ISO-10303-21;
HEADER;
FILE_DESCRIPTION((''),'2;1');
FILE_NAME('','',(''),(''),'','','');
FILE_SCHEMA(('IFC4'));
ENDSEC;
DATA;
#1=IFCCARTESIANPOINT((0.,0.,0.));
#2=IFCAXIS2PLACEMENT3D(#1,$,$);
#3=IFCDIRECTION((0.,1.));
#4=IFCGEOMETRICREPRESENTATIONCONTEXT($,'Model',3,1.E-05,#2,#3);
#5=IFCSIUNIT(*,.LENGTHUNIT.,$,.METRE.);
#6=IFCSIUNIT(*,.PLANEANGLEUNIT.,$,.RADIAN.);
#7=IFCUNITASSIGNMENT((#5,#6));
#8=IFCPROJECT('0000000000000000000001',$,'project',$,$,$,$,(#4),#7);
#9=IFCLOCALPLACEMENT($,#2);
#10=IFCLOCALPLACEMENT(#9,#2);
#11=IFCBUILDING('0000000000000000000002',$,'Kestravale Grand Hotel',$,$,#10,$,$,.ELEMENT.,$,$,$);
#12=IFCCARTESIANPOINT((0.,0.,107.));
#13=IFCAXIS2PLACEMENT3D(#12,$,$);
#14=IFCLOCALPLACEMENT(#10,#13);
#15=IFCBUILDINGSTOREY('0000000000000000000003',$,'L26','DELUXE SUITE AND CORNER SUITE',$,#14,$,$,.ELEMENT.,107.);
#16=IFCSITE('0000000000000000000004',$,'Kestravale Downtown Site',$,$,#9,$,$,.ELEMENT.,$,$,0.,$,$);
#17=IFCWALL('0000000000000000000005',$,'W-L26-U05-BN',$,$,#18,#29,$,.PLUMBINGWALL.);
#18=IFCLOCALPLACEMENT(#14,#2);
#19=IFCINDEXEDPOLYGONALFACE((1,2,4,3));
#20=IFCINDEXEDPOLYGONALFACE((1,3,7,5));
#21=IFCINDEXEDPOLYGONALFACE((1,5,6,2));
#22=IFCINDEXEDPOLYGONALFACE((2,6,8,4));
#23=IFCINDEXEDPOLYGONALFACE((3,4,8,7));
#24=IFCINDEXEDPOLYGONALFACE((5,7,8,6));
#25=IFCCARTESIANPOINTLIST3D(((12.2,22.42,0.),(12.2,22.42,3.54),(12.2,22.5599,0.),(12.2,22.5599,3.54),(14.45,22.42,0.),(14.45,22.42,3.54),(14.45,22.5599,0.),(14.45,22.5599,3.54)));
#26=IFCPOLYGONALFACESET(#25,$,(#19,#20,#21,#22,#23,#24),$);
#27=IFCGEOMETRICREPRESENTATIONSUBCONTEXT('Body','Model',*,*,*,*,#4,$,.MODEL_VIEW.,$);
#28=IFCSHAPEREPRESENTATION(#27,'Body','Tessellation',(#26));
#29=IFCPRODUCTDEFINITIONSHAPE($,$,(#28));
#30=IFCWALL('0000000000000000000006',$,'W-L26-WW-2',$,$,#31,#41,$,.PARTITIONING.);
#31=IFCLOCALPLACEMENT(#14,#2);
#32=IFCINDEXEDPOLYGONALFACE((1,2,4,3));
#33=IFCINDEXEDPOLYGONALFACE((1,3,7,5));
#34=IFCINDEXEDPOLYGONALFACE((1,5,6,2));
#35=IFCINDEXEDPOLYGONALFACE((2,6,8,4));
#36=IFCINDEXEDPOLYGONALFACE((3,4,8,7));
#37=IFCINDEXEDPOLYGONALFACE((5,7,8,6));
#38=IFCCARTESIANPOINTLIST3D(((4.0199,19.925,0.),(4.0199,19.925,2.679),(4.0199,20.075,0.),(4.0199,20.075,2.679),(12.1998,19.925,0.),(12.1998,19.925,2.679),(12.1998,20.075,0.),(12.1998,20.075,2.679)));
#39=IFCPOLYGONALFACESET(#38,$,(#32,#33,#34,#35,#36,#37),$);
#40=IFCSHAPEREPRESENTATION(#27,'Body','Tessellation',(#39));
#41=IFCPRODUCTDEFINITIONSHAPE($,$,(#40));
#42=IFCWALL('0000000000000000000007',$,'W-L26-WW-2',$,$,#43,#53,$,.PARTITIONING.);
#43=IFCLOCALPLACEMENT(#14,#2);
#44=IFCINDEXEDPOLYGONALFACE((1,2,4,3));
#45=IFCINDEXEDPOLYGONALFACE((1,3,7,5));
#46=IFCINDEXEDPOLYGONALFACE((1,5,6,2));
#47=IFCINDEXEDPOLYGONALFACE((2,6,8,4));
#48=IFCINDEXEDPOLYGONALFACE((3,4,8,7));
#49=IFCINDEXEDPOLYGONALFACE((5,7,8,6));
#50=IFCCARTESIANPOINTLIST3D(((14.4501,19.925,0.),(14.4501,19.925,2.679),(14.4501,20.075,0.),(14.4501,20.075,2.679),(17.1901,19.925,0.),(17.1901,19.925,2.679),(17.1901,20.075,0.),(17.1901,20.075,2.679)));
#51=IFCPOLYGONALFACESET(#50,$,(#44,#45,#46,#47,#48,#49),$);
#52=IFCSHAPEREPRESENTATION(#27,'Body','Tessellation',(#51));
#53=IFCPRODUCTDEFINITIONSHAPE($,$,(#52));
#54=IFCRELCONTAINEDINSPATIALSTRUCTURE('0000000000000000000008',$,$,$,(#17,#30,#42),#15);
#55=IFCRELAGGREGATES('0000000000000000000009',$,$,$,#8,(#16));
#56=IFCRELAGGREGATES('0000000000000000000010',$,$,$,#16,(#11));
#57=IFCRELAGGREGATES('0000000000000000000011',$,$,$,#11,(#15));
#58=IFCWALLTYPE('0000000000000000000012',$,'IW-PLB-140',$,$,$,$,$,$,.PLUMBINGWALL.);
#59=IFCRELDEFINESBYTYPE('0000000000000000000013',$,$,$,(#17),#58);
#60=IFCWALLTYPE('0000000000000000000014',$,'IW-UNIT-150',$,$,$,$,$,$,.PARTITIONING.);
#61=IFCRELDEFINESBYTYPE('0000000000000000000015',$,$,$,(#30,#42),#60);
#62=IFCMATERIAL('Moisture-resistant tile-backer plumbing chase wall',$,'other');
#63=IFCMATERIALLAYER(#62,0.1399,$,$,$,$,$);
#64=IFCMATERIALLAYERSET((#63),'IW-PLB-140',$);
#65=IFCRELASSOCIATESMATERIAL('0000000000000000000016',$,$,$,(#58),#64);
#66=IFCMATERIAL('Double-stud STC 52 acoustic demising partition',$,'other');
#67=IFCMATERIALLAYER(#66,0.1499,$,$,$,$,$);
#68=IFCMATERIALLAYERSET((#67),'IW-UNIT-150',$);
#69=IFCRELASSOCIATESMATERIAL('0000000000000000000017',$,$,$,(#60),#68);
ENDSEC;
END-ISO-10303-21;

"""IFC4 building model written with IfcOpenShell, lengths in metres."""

from ifc_helpers import new_model, si_unit, direction, frame, frame_2d, origin, place, context, subcontext, project, spatial, rectangle, extrude, material, layer, layer_set, type_object, element, save


model = new_model("IFC4")

# Units and contexts
model_context = context("Model", 3, precision=1e-05, world=origin(), true_north=direction((0.0, 1.0)))
body_context = subcontext(model_context, "Body", "Model", "MODEL_VIEW")
ifc_project = project(units=[si_unit("LENGTHUNIT", "METRE"), si_unit("PLANEANGLEUNIT", "RADIAN")], contexts=[model_context])

# Site, building, storey
site_placement = place(None, origin())
site = spatial("IfcSite", under=ifc_project, at=site_placement, Name="Kestravale Downtown Site", CompositionType="ELEMENT", RefElevation=0.0)
building_placement = place(site_placement, origin())
building = spatial("IfcBuilding", under=site, at=building_placement, Name="Kestravale Grand Hotel", CompositionType="ELEMENT")
storey_placement = place(building_placement, frame((0.0, 0.0, 107.0)))
storey = spatial("IfcBuildingStorey", under=building, at=storey_placement, Name="L26", Description="DELUXE SUITE AND CORNER SUITE", CompositionType="ELEMENT", Elevation=107.0)

# Shared definitions
ifc_material_1 = material(Name="Moisture-resistant tile-backer plumbing chase wall", Category="other")
ifc_layer_1 = layer(ifc_material_1, 0.1399)
ifc_layer_set_1 = layer_set([ifc_layer_1], Name="IW-PLB-140")
wall_type_1 = type_object("IfcWallType", Name="IW-PLB-140", PredefinedType="PLUMBINGWALL", material=ifc_layer_set_1)

# Walls
wall_1_placement = place(storey_placement, frame((12.2, 22.49, 0.0), z_axis=(0.0, 0.0, 1.0), x_axis=(1.0, 0.0, 0.0)))
element("IfcWall", 1, at=wall_1_placement, inside=storey, type_object=wall_type_1, Name="W-L26-U05-BN", PredefinedType="PLUMBINGWALL", context=body_context, shape_type="SweptSolid", body=[
    extrude(rectangle(XDim=2.25, YDim=0.1399, at=frame_2d((1.125, 0.0))), origin(), (0.0, 0.0, 1.0), 3.54),
])
ifc_material_2 = material(Name="Double-stud STC 52 acoustic demising partition", Category="other")
ifc_layer_2 = layer(ifc_material_2, 0.1499)
ifc_layer_set_2 = layer_set([ifc_layer_2], Name="IW-UNIT-150")
wall_type_2 = type_object("IfcWallType", Name="IW-UNIT-150", PredefinedType="PARTITIONING", material=ifc_layer_set_2)
wall_2_placement = place(storey_placement, frame((4.02, 20.0, 0.0), z_axis=(0.0, 0.0, 1.0), x_axis=(1.0, 0.0, 0.0)))
element("IfcWall", 2, at=wall_2_placement, inside=storey, type_object=wall_type_2, Name="W-L26-WW-2", PredefinedType="PARTITIONING", context=body_context, shape_type="SweptSolid", body=[
    extrude(rectangle(XDim=8.1799, YDim=0.1499, at=frame_2d((4.0898, 0.0))), origin(), (0.0, 0.0, 1.0), 2.679),
])
wall_3_placement = place(storey_placement, frame((14.45, 20.0, 0.0), z_axis=(0.0, 0.0, 1.0), x_axis=(1.0, 0.0, 0.0)))
element("IfcWall", 3, at=wall_3_placement, inside=storey, type_object=wall_type_2, Name="W-L26-WW-2", PredefinedType="PARTITIONING", context=body_context, shape_type="SweptSolid", body=[
    extrude(rectangle(XDim=2.74, YDim=0.1499, at=frame_2d((1.3701, 0.0))), origin(), (0.0, 0.0, 1.0), 2.679),
])

save(model, "model.ifc")
